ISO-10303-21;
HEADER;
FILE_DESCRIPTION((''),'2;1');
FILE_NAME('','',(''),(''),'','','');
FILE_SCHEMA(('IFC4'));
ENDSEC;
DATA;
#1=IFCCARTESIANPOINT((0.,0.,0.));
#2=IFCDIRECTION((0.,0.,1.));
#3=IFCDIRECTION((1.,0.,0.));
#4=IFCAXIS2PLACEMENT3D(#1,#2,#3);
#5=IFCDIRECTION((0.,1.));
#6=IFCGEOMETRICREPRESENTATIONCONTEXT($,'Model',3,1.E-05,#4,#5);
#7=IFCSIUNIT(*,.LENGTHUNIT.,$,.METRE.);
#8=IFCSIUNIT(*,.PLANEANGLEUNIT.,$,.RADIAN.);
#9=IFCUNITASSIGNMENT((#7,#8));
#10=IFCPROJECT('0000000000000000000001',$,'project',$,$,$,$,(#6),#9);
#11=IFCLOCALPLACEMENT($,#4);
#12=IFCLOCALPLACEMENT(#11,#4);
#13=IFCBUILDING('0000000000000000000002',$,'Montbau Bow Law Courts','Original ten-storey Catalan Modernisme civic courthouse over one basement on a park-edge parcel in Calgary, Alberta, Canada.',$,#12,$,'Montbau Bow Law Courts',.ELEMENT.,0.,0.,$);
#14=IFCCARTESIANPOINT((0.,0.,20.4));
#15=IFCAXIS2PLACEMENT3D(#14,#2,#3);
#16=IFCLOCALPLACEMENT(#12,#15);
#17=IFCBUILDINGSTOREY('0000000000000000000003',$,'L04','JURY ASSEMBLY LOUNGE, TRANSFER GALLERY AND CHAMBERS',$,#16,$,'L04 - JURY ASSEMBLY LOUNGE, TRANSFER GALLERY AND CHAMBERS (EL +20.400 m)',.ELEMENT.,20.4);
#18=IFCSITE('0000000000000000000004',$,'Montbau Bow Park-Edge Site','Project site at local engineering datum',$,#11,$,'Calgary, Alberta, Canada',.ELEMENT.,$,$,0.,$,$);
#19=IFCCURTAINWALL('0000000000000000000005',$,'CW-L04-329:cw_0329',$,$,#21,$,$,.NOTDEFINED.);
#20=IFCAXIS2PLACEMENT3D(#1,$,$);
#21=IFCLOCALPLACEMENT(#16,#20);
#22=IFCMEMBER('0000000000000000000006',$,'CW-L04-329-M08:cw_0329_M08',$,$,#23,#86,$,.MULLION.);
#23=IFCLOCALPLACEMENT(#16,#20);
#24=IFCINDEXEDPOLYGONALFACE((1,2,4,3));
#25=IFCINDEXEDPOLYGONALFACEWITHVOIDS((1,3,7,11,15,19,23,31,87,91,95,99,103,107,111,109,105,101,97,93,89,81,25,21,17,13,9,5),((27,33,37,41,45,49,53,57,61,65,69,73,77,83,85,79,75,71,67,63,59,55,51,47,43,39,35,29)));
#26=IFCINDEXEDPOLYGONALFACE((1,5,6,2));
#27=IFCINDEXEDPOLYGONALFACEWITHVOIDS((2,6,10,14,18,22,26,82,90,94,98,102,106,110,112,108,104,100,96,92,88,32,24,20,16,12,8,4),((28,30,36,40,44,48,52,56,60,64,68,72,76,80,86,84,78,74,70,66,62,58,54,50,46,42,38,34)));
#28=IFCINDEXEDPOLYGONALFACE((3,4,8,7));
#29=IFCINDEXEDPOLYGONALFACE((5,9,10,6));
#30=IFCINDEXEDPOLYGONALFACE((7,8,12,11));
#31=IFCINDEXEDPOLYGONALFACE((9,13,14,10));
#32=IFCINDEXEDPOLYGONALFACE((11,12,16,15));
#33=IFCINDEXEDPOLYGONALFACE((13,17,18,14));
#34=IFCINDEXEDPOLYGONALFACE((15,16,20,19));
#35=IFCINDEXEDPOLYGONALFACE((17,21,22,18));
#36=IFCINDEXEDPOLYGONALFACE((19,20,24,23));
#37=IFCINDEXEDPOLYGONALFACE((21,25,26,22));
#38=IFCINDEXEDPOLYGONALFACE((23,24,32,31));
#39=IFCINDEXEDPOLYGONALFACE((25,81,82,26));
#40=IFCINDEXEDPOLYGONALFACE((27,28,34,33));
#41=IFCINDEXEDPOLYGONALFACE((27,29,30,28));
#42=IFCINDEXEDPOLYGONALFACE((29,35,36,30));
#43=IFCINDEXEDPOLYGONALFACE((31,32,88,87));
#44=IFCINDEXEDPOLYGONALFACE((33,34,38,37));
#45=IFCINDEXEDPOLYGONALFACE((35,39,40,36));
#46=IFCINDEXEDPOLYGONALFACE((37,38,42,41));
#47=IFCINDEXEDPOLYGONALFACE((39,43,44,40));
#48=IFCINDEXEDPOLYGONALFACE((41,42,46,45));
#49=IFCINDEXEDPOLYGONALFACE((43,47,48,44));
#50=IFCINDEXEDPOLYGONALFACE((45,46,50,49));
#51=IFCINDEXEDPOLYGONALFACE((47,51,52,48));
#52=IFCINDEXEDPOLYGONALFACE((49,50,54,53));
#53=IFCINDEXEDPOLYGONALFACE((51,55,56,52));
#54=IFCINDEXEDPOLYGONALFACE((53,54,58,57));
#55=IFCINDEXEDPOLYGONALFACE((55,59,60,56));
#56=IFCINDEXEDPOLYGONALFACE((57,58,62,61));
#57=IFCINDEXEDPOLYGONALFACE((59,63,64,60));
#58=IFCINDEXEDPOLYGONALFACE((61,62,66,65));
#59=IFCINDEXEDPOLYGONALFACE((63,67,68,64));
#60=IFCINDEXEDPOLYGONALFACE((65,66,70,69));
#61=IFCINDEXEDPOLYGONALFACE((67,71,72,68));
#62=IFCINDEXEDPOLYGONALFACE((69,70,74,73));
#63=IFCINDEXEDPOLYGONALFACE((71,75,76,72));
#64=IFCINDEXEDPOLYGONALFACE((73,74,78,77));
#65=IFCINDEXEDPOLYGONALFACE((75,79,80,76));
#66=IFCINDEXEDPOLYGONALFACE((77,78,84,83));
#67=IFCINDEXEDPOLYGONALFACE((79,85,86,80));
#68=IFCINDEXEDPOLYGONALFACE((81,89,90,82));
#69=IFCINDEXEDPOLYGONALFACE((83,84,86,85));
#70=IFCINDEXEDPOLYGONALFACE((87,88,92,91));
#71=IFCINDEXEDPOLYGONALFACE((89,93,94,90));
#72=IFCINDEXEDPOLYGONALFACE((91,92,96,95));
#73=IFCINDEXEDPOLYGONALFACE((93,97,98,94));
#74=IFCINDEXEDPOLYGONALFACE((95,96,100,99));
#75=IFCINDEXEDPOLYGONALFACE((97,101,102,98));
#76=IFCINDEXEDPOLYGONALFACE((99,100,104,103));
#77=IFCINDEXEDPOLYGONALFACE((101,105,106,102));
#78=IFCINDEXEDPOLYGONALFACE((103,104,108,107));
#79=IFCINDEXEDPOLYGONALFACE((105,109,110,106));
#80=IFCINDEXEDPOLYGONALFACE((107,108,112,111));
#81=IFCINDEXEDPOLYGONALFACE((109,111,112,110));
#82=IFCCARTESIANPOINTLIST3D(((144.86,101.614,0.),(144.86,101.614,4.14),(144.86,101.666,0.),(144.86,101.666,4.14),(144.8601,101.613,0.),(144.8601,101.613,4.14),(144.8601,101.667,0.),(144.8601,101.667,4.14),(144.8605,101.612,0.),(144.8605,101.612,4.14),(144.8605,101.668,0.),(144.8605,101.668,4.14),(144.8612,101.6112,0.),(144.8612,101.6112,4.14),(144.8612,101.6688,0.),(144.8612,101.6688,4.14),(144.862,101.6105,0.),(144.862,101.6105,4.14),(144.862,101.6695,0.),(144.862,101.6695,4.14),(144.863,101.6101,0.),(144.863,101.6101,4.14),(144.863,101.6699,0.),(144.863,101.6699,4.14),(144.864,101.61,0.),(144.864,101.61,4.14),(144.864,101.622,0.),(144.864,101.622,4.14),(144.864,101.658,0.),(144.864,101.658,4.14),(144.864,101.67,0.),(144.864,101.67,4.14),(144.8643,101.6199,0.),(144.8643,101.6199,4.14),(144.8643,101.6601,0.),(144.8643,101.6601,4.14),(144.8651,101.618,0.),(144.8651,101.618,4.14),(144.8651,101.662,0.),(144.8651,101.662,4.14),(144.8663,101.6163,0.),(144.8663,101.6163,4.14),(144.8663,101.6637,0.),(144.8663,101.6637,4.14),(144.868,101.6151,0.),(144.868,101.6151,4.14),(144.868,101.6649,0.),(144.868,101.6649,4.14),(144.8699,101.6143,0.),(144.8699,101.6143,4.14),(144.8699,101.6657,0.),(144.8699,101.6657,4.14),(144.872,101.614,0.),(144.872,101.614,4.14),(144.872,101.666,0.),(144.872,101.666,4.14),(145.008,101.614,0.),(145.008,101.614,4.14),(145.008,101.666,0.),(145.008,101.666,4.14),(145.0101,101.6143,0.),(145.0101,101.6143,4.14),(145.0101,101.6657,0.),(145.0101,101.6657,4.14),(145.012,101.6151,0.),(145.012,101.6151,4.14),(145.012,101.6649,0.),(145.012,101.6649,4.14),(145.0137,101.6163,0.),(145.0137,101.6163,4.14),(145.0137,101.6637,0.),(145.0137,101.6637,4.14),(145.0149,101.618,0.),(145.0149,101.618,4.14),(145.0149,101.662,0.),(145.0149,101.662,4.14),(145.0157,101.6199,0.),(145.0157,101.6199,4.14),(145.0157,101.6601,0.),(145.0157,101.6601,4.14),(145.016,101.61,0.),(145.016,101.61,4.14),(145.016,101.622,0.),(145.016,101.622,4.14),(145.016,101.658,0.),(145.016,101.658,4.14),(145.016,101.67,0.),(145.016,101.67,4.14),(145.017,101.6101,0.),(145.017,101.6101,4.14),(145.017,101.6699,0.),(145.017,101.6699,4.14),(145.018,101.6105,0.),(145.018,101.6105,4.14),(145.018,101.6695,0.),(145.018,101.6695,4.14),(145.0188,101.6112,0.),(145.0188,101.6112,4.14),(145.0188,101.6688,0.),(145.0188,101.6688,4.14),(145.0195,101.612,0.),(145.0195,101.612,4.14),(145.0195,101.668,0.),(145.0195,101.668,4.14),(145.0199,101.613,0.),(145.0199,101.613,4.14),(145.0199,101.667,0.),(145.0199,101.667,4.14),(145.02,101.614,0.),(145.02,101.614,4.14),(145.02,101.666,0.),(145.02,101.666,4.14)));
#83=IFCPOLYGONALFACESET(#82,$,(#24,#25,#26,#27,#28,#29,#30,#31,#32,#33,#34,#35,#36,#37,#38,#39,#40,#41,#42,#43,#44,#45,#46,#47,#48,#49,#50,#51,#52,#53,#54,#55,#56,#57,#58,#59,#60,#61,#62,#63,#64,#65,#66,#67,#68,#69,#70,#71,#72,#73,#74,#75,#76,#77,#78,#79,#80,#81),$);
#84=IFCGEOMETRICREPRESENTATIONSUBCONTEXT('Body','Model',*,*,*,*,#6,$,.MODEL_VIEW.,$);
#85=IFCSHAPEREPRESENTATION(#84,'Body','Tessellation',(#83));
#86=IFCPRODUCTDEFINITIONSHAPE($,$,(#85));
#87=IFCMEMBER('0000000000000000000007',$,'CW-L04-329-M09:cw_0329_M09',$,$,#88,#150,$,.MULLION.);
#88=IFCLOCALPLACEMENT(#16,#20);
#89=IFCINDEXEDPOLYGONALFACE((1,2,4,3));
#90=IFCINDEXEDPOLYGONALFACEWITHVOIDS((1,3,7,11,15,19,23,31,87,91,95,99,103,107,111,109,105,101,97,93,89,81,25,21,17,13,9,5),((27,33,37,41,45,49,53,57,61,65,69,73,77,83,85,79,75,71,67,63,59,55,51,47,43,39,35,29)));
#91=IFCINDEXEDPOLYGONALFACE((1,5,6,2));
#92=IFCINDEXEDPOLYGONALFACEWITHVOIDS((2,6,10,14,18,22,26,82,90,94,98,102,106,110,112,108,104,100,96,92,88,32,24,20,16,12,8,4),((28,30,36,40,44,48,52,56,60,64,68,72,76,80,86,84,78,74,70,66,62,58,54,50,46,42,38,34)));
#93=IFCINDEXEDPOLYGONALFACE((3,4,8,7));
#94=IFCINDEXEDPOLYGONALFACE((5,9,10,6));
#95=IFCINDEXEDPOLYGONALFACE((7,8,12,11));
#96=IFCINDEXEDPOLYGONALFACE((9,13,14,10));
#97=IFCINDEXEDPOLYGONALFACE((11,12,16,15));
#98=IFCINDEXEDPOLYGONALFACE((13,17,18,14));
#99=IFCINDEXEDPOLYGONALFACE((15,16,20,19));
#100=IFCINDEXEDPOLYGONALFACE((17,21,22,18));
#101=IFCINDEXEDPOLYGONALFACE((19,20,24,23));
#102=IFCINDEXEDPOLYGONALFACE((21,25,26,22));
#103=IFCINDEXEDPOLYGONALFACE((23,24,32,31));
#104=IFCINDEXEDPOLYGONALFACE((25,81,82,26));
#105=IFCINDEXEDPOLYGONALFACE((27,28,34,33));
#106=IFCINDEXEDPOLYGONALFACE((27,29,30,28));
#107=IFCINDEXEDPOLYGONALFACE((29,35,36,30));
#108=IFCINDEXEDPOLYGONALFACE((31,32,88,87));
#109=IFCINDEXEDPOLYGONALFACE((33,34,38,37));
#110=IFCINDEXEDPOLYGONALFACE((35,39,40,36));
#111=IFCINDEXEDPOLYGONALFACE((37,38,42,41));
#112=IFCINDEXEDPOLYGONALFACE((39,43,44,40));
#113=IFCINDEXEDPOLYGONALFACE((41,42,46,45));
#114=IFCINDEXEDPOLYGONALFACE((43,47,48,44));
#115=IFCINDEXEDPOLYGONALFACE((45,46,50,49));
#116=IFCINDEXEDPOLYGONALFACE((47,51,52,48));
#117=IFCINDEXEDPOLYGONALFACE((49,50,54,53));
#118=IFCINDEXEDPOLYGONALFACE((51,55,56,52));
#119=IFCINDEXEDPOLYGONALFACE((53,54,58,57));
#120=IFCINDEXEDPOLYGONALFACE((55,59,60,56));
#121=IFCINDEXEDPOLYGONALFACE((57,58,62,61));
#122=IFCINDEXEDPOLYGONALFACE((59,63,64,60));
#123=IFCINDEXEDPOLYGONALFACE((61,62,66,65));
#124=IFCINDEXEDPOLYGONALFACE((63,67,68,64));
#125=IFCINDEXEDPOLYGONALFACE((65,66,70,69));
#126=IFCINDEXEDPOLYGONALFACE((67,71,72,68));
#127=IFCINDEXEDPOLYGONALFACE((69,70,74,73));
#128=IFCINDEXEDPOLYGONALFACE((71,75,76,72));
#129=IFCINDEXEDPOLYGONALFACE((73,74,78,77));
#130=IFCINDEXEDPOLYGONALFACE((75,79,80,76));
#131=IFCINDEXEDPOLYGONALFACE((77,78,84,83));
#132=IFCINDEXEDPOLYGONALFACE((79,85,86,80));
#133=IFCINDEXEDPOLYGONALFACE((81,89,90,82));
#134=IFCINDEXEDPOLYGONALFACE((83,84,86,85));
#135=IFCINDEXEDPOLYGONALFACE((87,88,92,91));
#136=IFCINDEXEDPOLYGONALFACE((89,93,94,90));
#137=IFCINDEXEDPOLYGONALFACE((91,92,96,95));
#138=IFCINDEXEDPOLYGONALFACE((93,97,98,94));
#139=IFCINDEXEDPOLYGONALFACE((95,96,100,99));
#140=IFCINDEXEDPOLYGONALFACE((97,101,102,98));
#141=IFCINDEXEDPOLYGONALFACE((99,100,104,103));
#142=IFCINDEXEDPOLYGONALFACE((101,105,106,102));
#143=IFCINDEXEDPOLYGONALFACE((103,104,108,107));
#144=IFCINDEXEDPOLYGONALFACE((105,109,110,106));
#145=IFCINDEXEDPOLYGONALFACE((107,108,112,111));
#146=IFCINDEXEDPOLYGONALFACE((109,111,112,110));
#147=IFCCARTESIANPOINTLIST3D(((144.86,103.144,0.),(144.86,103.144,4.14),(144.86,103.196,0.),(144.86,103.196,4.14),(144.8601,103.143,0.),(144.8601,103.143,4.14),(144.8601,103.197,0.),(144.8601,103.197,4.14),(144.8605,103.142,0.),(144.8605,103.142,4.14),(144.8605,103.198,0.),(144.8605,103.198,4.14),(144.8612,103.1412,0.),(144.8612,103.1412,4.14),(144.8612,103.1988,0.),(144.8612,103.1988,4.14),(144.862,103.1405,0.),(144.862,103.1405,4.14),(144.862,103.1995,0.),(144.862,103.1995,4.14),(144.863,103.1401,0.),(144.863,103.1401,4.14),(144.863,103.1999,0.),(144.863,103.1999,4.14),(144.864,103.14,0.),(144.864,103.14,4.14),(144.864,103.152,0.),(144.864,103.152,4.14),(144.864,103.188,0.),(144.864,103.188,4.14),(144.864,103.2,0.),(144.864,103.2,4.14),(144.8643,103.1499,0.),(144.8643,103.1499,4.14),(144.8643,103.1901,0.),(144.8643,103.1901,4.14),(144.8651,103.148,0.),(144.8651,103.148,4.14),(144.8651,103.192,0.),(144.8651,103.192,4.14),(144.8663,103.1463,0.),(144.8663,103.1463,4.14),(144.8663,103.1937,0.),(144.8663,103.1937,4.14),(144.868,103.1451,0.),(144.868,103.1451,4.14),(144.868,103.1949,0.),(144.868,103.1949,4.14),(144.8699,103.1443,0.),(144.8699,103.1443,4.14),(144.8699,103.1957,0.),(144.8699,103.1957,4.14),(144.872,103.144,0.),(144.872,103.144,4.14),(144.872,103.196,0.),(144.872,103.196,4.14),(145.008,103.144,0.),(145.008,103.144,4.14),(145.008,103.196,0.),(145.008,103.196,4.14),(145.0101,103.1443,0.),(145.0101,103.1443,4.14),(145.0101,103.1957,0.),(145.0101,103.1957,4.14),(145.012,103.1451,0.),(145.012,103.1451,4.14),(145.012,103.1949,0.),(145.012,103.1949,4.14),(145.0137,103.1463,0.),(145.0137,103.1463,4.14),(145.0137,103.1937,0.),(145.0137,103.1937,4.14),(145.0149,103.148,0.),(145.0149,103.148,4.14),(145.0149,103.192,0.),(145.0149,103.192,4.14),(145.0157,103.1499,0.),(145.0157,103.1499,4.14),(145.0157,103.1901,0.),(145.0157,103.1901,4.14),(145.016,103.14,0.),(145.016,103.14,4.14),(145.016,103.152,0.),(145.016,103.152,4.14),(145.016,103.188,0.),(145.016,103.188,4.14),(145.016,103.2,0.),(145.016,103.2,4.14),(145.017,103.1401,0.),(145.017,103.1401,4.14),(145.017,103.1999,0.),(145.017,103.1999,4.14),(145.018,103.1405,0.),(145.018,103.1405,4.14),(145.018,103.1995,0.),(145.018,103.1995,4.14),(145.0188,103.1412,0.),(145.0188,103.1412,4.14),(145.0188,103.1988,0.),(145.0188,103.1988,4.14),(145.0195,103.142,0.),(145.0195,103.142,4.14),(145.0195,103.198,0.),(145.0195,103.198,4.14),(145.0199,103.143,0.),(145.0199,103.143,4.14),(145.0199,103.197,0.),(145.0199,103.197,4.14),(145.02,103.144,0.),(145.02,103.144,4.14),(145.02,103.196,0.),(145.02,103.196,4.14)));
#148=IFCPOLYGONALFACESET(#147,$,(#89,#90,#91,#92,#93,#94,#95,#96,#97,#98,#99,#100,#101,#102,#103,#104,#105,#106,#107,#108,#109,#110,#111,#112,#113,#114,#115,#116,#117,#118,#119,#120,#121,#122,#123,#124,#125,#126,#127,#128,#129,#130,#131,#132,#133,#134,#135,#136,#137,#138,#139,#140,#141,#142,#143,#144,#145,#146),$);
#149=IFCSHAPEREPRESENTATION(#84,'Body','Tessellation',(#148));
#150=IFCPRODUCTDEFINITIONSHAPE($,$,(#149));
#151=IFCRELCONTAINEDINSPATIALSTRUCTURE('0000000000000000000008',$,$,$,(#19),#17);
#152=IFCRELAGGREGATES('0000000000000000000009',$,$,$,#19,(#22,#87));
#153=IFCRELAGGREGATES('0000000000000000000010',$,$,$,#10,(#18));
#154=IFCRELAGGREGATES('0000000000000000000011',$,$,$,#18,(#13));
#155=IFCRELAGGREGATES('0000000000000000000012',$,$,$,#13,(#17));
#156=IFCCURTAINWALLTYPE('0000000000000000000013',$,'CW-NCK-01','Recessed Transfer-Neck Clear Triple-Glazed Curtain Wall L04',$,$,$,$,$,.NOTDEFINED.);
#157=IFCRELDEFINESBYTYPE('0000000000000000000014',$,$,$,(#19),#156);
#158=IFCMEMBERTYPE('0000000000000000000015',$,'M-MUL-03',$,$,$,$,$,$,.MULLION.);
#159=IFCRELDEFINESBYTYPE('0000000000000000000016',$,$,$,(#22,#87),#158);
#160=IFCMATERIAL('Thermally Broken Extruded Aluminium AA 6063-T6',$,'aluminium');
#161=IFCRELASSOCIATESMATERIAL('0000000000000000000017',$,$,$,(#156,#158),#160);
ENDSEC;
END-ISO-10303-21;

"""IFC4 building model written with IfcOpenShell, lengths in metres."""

from ifc_helpers import new_model, si_unit, direction, frame, origin_with_axes, origin_2d_with_axis, place, context, subcontext, project, spatial, hollow_rectangle, extrude, material, material_profile, profile_set, type_object, element, aggregate, save


model = new_model("IFC4")

# Units and contexts
model_context = context("Model", 3, precision=1e-05, world=origin_with_axes(), true_north=direction((0.0, 1.0)))
body_context = subcontext(model_context, "Body", "Model", "MODEL_VIEW")
ifc_project = project(units=[si_unit("LENGTHUNIT", "METRE"), si_unit("PLANEANGLEUNIT", "RADIAN")], contexts=[model_context])

# Site, building, storey
site_placement = place(None, origin_with_axes())
site = spatial("IfcSite", under=ifc_project, at=site_placement, Name="Montbau Bow Park-Edge Site", Description="Project site at local engineering datum", LongName="Calgary, Alberta, Canada", CompositionType="ELEMENT", RefElevation=0.0)
building_placement = place(site_placement, origin_with_axes())
building = spatial("IfcBuilding", under=site, at=building_placement, Name="Montbau Bow Law Courts", Description="Original ten-storey Catalan Modernisme civic courthouse over one basement on a park-edge parcel in Calgary, Alberta, Canada.", LongName="Montbau Bow Law Courts", CompositionType="ELEMENT", ElevationOfRefHeight=0.0, ElevationOfTerrain=0.0)
storey_placement = place(building_placement, frame((0.0, 0.0, 20.4), z_axis=(0.0, 0.0, 1.0), x_axis=(1.0, 0.0, 0.0)))
storey = spatial("IfcBuildingStorey", under=building, at=storey_placement, Name="L04", Description="JURY ASSEMBLY LOUNGE, TRANSFER GALLERY AND CHAMBERS", LongName="L04 - JURY ASSEMBLY LOUNGE, TRANSFER GALLERY AND CHAMBERS (EL +20.400 m)", CompositionType="ELEMENT", Elevation=20.4)

# Curtain wall, members
ifc_material_1 = material(Name="Thermally Broken Extruded Aluminium AA 6063-T6", Category="aluminium")
curtain_wall_type = type_object("IfcCurtainWallType", Name="CW-NCK-01", Description="Recessed Transfer-Neck Clear Triple-Glazed Curtain Wall L04", PredefinedType="NOTDEFINED", material=ifc_material_1)
curtain_wall_placement = place(None, frame((144.94, 90.72, 20.4), z_axis=(0.0, 0.0, 1.0), x_axis=(1.0, 0.0, 0.0)))
curtain_wall = element("IfcCurtainWall", 1, at=curtain_wall_placement, inside=storey, type_object=curtain_wall_type, Name="CW-L04-329:cw_0329", PredefinedType="NOTDEFINED")
ifc_material_profile_1 = material_profile(ifc_material_1, hollow_rectangle(XDim=0.06, YDim=0.16, WallThickness=0.004, InnerFilletRadius=0.008, OuterFilletRadius=0.004, at=origin_2d_with_axis()), Name="CWM-160X60", Category="Main", Priority=0)
ifc_profile_set_1 = profile_set([ifc_material_profile_1], Name="Thermally Broken Extruded Aluminium AA 6063-T6")
member_type_1 = type_object("IfcMemberType", Name="M-MUL-03", PredefinedType="MULLION", material=ifc_profile_set_1)
member_1_placement = place(None, frame((144.94, 101.64, 20.4), z_axis=(0.0, 0.0, 1.0), x_axis=(0.0, 1.0, 0.0)))
member_1 = element("IfcMember", 2, at=member_1_placement, type_object=member_type_1, Name="CW-L04-329-M08:cw_0329_M08", PredefinedType="MULLION", context=body_context, shape_type="SweptSolid", body=[
    extrude(hollow_rectangle(XDim=0.06, YDim=0.16, WallThickness=0.004, InnerFilletRadius=0.008, OuterFilletRadius=0.004, at=origin_2d_with_axis()), origin_with_axes(), (0.0, 0.0, 1.0), 4.14),
])
member_2_placement = place(None, frame((144.94, 103.17, 20.4), z_axis=(0.0, 0.0, 1.0), x_axis=(0.0, 1.0, 0.0)))
member_2 = element("IfcMember", 3, at=member_2_placement, type_object=member_type_1, Name="CW-L04-329-M09:cw_0329_M09", PredefinedType="MULLION", context=body_context, shape_type="SweptSolid", body=[
    extrude(hollow_rectangle(XDim=0.06, YDim=0.16, WallThickness=0.004, InnerFilletRadius=0.008, OuterFilletRadius=0.004, at=origin_2d_with_axis()), origin_with_axes(), (0.0, 0.0, 1.0), 4.14),
])
aggregate(curtain_wall, [member_1, member_2])

save(model, "model.ifc")
